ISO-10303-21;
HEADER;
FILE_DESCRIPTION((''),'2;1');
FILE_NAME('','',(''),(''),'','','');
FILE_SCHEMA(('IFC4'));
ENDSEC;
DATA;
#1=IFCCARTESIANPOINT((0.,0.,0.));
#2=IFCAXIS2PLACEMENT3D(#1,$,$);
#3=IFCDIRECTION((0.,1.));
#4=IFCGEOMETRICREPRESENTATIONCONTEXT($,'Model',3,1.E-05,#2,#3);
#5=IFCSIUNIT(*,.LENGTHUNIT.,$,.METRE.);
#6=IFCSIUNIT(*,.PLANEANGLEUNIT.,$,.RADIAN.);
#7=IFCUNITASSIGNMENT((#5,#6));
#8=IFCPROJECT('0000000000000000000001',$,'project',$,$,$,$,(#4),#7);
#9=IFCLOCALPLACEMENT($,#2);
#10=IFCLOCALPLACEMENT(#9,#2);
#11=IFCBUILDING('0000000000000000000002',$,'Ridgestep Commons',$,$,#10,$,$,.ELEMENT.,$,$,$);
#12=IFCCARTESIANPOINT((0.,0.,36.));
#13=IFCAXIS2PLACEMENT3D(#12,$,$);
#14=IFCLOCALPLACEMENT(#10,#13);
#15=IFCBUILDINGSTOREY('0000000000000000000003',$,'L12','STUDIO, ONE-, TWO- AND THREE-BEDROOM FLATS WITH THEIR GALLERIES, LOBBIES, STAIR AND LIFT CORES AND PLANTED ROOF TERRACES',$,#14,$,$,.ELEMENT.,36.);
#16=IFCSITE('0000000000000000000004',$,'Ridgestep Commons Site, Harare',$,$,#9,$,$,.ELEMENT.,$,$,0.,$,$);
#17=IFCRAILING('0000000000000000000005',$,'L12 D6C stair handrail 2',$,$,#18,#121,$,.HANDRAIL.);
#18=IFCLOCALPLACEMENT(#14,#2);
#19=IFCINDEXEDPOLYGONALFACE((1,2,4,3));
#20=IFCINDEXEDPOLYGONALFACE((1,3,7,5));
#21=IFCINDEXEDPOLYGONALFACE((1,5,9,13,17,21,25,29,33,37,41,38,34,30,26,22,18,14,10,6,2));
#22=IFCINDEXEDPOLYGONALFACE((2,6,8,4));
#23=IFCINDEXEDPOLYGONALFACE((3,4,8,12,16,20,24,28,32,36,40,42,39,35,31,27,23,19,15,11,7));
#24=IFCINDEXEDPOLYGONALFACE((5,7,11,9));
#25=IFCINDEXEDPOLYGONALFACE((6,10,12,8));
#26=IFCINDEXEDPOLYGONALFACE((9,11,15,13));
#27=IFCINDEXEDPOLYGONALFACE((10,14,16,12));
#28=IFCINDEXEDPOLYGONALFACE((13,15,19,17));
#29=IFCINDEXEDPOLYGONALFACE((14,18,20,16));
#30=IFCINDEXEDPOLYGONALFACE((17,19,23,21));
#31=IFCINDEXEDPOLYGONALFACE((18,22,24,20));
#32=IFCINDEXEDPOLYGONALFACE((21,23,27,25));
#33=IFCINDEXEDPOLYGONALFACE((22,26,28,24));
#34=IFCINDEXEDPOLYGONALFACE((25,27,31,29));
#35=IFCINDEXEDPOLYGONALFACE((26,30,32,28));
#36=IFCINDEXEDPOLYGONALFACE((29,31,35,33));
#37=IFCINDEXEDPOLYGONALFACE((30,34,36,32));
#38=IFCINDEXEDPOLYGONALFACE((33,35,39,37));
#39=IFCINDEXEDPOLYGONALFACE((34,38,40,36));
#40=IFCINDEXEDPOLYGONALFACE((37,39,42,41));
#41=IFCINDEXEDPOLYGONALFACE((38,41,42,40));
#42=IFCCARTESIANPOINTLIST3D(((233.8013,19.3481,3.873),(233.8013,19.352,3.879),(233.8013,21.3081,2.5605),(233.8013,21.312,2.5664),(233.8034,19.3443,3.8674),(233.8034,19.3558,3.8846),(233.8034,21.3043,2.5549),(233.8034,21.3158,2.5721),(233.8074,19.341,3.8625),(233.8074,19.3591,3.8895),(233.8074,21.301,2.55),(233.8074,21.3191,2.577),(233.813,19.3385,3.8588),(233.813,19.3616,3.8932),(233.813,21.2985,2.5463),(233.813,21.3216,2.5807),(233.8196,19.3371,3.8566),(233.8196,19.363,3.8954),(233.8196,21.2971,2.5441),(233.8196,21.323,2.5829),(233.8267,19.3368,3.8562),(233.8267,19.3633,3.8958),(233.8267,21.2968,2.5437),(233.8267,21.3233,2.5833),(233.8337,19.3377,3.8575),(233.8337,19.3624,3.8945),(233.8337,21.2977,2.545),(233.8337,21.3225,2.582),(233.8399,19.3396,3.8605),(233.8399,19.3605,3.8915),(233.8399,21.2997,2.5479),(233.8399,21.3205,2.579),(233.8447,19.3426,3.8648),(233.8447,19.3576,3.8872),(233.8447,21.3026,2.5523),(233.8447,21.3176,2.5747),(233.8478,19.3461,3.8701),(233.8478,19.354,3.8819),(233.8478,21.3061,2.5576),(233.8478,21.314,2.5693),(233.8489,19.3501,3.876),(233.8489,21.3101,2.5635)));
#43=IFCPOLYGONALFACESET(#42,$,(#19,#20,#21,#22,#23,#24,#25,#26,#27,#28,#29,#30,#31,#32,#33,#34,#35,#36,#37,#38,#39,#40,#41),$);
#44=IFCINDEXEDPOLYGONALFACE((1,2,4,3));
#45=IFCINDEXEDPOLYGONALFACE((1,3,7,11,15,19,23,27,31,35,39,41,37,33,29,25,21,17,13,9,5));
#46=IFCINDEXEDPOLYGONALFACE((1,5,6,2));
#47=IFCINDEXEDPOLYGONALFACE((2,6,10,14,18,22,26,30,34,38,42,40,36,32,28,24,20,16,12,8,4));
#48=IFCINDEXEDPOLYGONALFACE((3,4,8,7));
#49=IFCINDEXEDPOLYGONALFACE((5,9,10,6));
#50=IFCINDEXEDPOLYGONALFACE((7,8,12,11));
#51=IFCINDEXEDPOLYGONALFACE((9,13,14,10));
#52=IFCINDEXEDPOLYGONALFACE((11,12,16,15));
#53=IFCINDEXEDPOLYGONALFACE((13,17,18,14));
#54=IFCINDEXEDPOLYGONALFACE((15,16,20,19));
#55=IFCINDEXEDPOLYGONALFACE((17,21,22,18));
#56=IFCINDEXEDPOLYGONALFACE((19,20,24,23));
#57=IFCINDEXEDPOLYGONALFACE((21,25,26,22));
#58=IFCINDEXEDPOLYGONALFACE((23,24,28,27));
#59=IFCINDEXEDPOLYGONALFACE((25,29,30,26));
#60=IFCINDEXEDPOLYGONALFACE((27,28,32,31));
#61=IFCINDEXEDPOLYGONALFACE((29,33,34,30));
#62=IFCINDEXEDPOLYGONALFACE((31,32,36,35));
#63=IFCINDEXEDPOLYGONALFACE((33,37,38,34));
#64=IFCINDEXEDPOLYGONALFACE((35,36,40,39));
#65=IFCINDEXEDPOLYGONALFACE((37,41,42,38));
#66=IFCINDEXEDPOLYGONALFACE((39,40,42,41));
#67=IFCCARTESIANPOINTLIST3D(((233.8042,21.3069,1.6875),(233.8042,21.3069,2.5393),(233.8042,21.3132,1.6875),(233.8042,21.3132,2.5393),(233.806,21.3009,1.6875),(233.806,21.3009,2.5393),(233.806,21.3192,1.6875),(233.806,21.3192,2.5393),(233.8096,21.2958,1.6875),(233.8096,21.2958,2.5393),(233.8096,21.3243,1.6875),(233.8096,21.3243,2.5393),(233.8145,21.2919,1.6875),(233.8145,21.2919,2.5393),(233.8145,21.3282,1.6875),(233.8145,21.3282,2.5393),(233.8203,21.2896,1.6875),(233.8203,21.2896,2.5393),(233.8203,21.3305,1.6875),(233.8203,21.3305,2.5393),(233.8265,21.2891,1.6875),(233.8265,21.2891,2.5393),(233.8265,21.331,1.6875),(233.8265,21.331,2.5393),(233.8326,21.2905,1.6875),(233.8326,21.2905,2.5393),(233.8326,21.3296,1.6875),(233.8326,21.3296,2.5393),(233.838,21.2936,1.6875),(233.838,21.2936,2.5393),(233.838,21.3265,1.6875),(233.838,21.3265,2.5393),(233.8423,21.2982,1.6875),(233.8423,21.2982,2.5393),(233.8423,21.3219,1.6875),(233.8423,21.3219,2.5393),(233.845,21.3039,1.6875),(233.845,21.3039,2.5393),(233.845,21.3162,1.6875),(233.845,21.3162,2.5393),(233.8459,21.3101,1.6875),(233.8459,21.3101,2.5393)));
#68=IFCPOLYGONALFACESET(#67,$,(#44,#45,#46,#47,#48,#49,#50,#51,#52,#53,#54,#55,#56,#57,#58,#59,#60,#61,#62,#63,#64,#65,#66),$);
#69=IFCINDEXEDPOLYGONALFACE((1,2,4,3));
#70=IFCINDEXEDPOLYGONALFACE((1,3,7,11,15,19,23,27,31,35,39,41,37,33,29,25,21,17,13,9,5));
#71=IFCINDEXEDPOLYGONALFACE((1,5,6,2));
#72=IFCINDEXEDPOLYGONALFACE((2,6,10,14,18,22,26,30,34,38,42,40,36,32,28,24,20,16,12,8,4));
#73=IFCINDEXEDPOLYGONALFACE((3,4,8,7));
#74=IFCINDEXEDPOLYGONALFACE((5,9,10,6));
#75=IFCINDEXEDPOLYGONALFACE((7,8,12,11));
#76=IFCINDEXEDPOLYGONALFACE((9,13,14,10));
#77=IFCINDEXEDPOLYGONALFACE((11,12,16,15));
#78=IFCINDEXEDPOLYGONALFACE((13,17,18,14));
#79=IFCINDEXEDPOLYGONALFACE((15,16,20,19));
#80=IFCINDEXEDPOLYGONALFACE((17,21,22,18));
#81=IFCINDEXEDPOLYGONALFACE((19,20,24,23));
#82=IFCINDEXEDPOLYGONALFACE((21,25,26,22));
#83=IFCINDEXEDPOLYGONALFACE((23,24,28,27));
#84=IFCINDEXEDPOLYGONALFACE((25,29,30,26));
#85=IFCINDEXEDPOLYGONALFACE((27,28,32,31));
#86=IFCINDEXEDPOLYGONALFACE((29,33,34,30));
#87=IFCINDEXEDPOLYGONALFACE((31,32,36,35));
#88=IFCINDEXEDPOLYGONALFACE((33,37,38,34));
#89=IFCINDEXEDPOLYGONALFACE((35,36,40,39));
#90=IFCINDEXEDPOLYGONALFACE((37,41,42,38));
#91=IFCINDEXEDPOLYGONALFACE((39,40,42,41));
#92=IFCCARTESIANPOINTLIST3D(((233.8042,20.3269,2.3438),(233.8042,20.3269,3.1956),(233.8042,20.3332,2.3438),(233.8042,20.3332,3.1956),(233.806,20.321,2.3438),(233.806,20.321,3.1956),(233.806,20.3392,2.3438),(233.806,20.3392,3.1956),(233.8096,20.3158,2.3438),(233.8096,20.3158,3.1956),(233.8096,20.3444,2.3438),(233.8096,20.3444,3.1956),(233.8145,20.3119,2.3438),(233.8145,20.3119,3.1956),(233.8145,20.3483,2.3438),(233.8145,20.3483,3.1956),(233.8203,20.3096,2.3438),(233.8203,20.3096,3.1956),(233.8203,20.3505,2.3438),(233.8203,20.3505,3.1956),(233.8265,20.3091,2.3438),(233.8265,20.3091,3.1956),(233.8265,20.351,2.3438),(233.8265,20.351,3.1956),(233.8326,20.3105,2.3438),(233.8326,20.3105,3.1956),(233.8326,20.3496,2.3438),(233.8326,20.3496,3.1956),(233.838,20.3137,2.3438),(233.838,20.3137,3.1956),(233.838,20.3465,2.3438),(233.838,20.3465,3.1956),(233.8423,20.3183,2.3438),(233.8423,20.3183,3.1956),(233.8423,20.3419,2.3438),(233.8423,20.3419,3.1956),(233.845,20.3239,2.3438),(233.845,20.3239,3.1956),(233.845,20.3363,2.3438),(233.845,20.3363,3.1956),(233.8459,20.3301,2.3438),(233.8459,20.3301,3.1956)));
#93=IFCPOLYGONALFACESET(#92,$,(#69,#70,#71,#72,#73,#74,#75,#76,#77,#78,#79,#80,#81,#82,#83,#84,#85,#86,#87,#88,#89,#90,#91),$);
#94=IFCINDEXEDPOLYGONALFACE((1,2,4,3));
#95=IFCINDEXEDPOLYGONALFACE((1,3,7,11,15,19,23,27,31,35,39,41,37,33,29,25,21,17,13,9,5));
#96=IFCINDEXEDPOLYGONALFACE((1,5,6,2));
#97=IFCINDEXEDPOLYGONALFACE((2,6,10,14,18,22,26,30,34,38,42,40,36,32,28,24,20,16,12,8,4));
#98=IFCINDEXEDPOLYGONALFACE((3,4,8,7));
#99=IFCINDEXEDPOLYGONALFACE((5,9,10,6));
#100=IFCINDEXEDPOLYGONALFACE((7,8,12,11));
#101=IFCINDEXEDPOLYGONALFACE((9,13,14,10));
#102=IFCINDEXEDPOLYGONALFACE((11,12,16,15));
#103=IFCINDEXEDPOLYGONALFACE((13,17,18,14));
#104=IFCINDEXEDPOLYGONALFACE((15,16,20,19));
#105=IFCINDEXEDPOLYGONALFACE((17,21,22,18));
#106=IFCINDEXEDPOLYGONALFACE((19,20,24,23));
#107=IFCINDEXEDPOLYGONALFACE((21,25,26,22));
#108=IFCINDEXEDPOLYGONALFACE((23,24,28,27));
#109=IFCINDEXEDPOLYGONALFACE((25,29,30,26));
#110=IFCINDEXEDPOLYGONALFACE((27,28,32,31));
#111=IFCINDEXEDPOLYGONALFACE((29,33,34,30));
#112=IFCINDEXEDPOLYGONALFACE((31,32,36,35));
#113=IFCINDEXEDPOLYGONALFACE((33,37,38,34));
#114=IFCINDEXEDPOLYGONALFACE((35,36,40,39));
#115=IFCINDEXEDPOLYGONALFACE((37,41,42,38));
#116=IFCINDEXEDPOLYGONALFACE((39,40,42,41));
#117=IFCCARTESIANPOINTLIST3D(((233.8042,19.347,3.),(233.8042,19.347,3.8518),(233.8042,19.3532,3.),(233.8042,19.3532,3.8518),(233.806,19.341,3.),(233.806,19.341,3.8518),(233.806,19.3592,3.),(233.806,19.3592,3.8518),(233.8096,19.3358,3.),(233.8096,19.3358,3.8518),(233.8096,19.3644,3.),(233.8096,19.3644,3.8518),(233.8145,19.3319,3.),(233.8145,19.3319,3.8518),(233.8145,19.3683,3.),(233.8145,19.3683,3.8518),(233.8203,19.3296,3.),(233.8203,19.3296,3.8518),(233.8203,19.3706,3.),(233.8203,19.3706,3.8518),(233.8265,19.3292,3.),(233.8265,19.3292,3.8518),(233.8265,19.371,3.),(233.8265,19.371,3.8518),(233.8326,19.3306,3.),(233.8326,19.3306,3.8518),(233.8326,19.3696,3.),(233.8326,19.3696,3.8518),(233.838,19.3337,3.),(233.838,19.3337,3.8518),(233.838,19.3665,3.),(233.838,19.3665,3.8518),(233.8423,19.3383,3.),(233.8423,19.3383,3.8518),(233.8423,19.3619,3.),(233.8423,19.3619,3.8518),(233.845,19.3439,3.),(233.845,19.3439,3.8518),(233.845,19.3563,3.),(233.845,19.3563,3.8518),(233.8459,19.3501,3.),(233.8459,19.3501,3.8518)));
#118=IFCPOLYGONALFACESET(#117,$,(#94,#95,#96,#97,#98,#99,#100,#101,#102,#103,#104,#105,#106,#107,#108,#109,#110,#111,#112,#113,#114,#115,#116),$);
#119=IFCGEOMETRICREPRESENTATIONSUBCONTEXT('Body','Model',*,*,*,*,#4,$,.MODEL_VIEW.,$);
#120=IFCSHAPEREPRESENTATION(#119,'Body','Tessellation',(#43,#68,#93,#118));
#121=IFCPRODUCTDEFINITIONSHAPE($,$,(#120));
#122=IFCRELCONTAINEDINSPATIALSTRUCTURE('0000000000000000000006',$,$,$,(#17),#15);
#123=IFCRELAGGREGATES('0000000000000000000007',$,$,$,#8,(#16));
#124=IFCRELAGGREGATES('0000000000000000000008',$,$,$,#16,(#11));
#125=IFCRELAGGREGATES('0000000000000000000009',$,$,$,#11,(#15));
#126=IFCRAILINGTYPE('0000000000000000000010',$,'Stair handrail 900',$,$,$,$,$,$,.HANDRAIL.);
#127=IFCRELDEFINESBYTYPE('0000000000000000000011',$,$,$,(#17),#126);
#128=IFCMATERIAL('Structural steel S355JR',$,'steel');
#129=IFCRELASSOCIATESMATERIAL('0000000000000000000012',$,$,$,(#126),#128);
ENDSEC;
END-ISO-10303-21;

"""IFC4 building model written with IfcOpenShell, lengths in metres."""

from ifc_helpers import new_model, si_unit, direction, frame, origin, origin_2d, place, context, subcontext, project, spatial, circle, extrude, material, type_object, element, save


model = new_model("IFC4")

# Units and contexts
model_context = context("Model", 3, precision=1e-05, world=origin(), true_north=direction((0.0, 1.0)))
body_context = subcontext(model_context, "Body", "Model", "MODEL_VIEW")
ifc_project = project(units=[si_unit("LENGTHUNIT", "METRE"), si_unit("PLANEANGLEUNIT", "RADIAN")], contexts=[model_context])

# Site, building, storey
site_placement = place(None, origin())
site = spatial("IfcSite", under=ifc_project, at=site_placement, Name="Ridgestep Commons Site, Harare", CompositionType="ELEMENT", RefElevation=0.0)
building_placement = place(site_placement, origin())
building = spatial("IfcBuilding", under=site, at=building_placement, Name="Ridgestep Commons", CompositionType="ELEMENT")
storey_placement = place(building_placement, frame((0.0, 0.0, 36.0)))
storey = spatial("IfcBuildingStorey", under=building, at=storey_placement, Name="L12", Description="STUDIO, ONE-, TWO- AND THREE-BEDROOM FLATS WITH THEIR GALLERIES, LOBBIES, STAIR AND LIFT CORES AND PLANTED ROOF TERRACES", CompositionType="ELEMENT", Elevation=36.0)

# Railing
ifc_material_1 = material(Name="Structural steel S355JR", Category="steel")
railing_type_1 = type_object("IfcRailingType", Name="Stair handrail 900", PredefinedType="HANDRAIL", material=ifc_material_1)
railing_1_placement = place(storey_placement, frame((233.825, 21.3101, 1.6875)))
element("IfcRailing", 1, at=railing_1_placement, inside=storey, type_object=railing_type_1, Name="L12 D6C stair handrail 2", PredefinedType="HANDRAIL", context=body_context, shape_type="SweptSolid", body=[
    extrude(circle(Radius=0.0239, at=origin_2d()), frame((0.0, 0.0, 0.876), z_axis=(0.0, -0.830902, 0.556419), x_axis=(1.0, 0.0, 0.0)), (0.0, 0.0, 1.0), 2.3589),
    extrude(circle(Radius=0.021, at=origin_2d()), origin(), (0.0, 0.0, 1.0), 0.8518),
    extrude(circle(Radius=0.021, at=origin_2d()), frame((0.0, -0.98, 0.6562)), (0.0, 0.0, 1.0), 0.8518),
    extrude(circle(Radius=0.021, at=origin_2d()), frame((0.0, -1.96, 1.3125)), (0.0, 0.0, 1.0), 0.8518),
])

save(model, "model.ifc")
